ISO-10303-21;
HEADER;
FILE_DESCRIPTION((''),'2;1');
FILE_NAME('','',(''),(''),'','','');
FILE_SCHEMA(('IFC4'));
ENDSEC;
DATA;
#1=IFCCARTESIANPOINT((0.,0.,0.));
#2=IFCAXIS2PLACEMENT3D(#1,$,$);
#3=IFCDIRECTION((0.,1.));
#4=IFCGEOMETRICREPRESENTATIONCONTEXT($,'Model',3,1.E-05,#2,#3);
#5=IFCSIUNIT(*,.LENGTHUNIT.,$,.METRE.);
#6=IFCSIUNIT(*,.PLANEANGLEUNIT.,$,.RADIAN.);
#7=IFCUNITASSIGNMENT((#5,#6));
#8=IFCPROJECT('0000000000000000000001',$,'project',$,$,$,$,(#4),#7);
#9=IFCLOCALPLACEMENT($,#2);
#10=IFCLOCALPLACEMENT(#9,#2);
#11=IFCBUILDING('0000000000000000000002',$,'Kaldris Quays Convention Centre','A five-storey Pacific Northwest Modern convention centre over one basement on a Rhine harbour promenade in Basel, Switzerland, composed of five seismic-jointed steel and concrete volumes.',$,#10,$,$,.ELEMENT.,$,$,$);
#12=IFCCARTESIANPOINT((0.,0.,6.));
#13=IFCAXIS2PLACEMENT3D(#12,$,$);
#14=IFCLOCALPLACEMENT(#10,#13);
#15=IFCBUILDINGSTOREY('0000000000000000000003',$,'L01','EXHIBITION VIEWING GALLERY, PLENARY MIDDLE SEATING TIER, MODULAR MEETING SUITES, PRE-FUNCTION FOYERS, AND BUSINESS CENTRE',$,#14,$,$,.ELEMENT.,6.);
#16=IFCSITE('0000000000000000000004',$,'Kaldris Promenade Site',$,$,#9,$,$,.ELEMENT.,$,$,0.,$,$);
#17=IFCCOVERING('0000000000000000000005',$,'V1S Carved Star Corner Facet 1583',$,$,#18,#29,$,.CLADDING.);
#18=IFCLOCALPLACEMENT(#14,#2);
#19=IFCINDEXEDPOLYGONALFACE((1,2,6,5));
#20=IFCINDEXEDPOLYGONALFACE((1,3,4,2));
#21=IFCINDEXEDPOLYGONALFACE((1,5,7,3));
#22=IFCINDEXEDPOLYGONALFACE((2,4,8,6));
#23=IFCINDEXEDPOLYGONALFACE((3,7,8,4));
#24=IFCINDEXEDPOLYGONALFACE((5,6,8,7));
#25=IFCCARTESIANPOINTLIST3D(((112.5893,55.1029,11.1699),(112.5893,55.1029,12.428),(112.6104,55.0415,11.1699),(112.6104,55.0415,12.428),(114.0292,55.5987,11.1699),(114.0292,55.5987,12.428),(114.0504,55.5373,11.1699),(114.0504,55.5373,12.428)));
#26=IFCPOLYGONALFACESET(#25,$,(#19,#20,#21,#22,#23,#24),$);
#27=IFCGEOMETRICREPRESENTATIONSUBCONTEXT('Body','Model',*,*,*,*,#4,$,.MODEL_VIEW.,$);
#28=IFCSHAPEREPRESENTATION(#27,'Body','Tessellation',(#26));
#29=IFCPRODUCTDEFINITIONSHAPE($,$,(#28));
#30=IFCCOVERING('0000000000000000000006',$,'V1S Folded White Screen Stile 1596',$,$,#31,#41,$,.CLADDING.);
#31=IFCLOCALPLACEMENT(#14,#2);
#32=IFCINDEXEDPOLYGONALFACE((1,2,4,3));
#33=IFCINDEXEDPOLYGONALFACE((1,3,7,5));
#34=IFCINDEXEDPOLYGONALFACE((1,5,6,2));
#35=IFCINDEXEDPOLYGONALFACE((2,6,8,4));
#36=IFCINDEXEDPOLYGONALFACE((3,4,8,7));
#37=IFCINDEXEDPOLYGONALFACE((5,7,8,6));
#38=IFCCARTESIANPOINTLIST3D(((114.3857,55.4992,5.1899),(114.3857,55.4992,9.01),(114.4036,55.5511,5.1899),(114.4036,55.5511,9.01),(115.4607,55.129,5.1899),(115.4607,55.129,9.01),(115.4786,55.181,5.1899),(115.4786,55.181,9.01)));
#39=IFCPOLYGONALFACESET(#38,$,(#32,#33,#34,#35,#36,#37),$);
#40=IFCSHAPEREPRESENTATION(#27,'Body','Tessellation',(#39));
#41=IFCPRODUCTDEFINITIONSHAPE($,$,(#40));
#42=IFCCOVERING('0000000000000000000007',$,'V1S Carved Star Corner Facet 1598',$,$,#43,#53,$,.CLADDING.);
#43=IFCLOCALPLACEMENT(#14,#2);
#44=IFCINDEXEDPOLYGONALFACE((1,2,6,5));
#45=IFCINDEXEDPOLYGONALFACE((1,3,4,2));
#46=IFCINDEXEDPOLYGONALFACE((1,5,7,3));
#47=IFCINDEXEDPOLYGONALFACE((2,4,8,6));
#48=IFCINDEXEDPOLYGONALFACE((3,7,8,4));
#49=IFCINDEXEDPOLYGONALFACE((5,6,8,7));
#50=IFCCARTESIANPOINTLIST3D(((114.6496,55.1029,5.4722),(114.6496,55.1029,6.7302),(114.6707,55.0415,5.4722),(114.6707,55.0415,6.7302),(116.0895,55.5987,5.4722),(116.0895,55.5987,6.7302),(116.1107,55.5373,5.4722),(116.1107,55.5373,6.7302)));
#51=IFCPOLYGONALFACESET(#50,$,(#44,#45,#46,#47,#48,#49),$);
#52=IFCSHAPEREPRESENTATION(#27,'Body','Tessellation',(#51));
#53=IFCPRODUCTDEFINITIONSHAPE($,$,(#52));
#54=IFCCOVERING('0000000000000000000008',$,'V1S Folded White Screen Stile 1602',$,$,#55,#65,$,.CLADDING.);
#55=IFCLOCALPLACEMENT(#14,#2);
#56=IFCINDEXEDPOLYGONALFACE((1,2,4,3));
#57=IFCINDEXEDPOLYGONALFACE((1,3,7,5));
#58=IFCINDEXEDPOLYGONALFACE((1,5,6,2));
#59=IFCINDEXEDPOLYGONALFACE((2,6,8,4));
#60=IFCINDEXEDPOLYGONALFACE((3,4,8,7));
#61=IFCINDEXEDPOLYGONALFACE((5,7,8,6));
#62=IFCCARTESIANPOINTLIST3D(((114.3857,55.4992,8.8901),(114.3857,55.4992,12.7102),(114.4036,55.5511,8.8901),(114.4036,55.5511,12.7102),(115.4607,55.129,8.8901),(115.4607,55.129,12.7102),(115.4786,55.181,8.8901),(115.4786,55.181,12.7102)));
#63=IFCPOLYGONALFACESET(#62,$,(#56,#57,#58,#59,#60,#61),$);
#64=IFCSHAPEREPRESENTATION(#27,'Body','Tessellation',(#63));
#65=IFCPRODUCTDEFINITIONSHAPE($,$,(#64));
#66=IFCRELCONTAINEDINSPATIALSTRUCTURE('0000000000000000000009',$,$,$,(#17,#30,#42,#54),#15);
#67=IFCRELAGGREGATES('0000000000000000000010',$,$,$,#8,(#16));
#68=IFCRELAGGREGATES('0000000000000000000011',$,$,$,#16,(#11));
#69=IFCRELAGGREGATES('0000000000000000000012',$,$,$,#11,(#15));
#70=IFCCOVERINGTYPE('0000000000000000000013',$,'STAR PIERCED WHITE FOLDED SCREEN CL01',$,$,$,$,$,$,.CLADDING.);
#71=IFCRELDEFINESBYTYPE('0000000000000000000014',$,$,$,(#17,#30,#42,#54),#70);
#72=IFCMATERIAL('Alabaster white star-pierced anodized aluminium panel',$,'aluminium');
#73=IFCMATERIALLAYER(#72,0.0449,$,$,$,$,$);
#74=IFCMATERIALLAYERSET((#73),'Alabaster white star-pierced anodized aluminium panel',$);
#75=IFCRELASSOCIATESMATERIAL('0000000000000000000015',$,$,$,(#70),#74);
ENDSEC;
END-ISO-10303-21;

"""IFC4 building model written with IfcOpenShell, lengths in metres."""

from ifc_helpers import new_model, si_unit, direction, frame, origin, origin_2d, place, context, subcontext, project, spatial, rectangle, extrude, material, layer, layer_set, type_object, element, save


model = new_model("IFC4")

# Units and contexts
model_context = context("Model", 3, precision=1e-05, world=origin(), true_north=direction((0.0, 1.0)))
body_context = subcontext(model_context, "Body", "Model", "MODEL_VIEW")
ifc_project = project(units=[si_unit("LENGTHUNIT", "METRE"), si_unit("PLANEANGLEUNIT", "RADIAN")], contexts=[model_context])

# Site, building, storey
site_placement = place(None, origin())
site = spatial("IfcSite", under=ifc_project, at=site_placement, Name="Kaldris Promenade Site", CompositionType="ELEMENT", RefElevation=0.0)
building_placement = place(site_placement, origin())
building = spatial("IfcBuilding", under=site, at=building_placement, Name="Kaldris Quays Convention Centre", Description="A five-storey Pacific Northwest Modern convention centre over one basement on a Rhine harbour promenade in Basel, Switzerland, composed of five seismic-jointed steel and concrete volumes.", CompositionType="ELEMENT")
storey_placement = place(building_placement, frame((0.0, 0.0, 6.0)))
storey = spatial("IfcBuildingStorey", under=building, at=storey_placement, Name="L01", Description="EXHIBITION VIEWING GALLERY, PLENARY MIDDLE SEATING TIER, MODULAR MEETING SUITES, PRE-FUNCTION FOYERS, AND BUSINESS CENTRE", CompositionType="ELEMENT", Elevation=6.0)

# Coverings
ifc_material_1 = material(Name="Alabaster white star-pierced anodized aluminium panel", Category="aluminium")
ifc_layer = layer(ifc_material_1, 0.0449)
ifc_layer_set = layer_set([ifc_layer], Name="Alabaster white star-pierced anodized aluminium panel")
covering_type = type_object("IfcCoveringType", Name="STAR PIERCED WHITE FOLDED SCREEN CL01", PredefinedType="CLADDING", material=ifc_layer_set)
for number, where, z_axis, x_axis, name in (
    (1, (113.3198, 55.3201, 11.1699), (0.0, 0.0, 1.0), (0.945519, 0.325568, 0.0), "V1S Carved Star Corner Facet 1583"),
):
    element("IfcCovering", number, at=place(storey_placement, frame(where, z_axis=z_axis, x_axis=x_axis)), inside=storey, type_object=covering_type, Name=name, PredefinedType="CLADDING", context=body_context, shape_type="SweptSolid", body=[
        extrude(rectangle(XDim=1.5229, YDim=0.0649, at=origin_2d()), origin(), (0.0, 0.0, 1.0), 1.2581),
    ])
covering_1_placement = place(storey_placement, frame((114.9321, 55.3401, 5.1899), z_axis=(0.0, 0.0, 1.0), x_axis=(0.945519, -0.325568, 0.0)))
element("IfcCovering", 2, at=covering_1_placement, inside=storey, type_object=covering_type, Name="V1S Folded White Screen Stile 1596", PredefinedType="CLADDING", context=body_context, shape_type="SweptSolid", body=[
    extrude(rectangle(XDim=1.137, YDim=0.0549, at=origin_2d()), origin(), (0.0, 0.0, 1.0), 3.8201),
])
covering_2_placement = place(storey_placement, frame((115.3801, 55.3201, 5.4722), z_axis=(0.0, 0.0, 1.0), x_axis=(0.945519, 0.325568, 0.0)))
element("IfcCovering", 3, at=covering_2_placement, inside=storey, type_object=covering_type, Name="V1S Carved Star Corner Facet 1598", PredefinedType="CLADDING", context=body_context, shape_type="SweptSolid", body=[
    extrude(rectangle(XDim=1.5229, YDim=0.0649, at=origin_2d()), origin(), (0.0, 0.0, 1.0), 1.2581),
])
covering_3_placement = place(storey_placement, frame((114.9321, 55.3401, 8.8901), z_axis=(0.0, 0.0, 1.0), x_axis=(0.945519, -0.325568, 0.0)))
element("IfcCovering", 4, at=covering_3_placement, inside=storey, type_object=covering_type, Name="V1S Folded White Screen Stile 1602", PredefinedType="CLADDING", context=body_context, shape_type="SweptSolid", body=[
    extrude(rectangle(XDim=1.137, YDim=0.0549, at=origin_2d()), origin(), (0.0, 0.0, 1.0), 3.8201),
])

save(model, "model.ifc")
